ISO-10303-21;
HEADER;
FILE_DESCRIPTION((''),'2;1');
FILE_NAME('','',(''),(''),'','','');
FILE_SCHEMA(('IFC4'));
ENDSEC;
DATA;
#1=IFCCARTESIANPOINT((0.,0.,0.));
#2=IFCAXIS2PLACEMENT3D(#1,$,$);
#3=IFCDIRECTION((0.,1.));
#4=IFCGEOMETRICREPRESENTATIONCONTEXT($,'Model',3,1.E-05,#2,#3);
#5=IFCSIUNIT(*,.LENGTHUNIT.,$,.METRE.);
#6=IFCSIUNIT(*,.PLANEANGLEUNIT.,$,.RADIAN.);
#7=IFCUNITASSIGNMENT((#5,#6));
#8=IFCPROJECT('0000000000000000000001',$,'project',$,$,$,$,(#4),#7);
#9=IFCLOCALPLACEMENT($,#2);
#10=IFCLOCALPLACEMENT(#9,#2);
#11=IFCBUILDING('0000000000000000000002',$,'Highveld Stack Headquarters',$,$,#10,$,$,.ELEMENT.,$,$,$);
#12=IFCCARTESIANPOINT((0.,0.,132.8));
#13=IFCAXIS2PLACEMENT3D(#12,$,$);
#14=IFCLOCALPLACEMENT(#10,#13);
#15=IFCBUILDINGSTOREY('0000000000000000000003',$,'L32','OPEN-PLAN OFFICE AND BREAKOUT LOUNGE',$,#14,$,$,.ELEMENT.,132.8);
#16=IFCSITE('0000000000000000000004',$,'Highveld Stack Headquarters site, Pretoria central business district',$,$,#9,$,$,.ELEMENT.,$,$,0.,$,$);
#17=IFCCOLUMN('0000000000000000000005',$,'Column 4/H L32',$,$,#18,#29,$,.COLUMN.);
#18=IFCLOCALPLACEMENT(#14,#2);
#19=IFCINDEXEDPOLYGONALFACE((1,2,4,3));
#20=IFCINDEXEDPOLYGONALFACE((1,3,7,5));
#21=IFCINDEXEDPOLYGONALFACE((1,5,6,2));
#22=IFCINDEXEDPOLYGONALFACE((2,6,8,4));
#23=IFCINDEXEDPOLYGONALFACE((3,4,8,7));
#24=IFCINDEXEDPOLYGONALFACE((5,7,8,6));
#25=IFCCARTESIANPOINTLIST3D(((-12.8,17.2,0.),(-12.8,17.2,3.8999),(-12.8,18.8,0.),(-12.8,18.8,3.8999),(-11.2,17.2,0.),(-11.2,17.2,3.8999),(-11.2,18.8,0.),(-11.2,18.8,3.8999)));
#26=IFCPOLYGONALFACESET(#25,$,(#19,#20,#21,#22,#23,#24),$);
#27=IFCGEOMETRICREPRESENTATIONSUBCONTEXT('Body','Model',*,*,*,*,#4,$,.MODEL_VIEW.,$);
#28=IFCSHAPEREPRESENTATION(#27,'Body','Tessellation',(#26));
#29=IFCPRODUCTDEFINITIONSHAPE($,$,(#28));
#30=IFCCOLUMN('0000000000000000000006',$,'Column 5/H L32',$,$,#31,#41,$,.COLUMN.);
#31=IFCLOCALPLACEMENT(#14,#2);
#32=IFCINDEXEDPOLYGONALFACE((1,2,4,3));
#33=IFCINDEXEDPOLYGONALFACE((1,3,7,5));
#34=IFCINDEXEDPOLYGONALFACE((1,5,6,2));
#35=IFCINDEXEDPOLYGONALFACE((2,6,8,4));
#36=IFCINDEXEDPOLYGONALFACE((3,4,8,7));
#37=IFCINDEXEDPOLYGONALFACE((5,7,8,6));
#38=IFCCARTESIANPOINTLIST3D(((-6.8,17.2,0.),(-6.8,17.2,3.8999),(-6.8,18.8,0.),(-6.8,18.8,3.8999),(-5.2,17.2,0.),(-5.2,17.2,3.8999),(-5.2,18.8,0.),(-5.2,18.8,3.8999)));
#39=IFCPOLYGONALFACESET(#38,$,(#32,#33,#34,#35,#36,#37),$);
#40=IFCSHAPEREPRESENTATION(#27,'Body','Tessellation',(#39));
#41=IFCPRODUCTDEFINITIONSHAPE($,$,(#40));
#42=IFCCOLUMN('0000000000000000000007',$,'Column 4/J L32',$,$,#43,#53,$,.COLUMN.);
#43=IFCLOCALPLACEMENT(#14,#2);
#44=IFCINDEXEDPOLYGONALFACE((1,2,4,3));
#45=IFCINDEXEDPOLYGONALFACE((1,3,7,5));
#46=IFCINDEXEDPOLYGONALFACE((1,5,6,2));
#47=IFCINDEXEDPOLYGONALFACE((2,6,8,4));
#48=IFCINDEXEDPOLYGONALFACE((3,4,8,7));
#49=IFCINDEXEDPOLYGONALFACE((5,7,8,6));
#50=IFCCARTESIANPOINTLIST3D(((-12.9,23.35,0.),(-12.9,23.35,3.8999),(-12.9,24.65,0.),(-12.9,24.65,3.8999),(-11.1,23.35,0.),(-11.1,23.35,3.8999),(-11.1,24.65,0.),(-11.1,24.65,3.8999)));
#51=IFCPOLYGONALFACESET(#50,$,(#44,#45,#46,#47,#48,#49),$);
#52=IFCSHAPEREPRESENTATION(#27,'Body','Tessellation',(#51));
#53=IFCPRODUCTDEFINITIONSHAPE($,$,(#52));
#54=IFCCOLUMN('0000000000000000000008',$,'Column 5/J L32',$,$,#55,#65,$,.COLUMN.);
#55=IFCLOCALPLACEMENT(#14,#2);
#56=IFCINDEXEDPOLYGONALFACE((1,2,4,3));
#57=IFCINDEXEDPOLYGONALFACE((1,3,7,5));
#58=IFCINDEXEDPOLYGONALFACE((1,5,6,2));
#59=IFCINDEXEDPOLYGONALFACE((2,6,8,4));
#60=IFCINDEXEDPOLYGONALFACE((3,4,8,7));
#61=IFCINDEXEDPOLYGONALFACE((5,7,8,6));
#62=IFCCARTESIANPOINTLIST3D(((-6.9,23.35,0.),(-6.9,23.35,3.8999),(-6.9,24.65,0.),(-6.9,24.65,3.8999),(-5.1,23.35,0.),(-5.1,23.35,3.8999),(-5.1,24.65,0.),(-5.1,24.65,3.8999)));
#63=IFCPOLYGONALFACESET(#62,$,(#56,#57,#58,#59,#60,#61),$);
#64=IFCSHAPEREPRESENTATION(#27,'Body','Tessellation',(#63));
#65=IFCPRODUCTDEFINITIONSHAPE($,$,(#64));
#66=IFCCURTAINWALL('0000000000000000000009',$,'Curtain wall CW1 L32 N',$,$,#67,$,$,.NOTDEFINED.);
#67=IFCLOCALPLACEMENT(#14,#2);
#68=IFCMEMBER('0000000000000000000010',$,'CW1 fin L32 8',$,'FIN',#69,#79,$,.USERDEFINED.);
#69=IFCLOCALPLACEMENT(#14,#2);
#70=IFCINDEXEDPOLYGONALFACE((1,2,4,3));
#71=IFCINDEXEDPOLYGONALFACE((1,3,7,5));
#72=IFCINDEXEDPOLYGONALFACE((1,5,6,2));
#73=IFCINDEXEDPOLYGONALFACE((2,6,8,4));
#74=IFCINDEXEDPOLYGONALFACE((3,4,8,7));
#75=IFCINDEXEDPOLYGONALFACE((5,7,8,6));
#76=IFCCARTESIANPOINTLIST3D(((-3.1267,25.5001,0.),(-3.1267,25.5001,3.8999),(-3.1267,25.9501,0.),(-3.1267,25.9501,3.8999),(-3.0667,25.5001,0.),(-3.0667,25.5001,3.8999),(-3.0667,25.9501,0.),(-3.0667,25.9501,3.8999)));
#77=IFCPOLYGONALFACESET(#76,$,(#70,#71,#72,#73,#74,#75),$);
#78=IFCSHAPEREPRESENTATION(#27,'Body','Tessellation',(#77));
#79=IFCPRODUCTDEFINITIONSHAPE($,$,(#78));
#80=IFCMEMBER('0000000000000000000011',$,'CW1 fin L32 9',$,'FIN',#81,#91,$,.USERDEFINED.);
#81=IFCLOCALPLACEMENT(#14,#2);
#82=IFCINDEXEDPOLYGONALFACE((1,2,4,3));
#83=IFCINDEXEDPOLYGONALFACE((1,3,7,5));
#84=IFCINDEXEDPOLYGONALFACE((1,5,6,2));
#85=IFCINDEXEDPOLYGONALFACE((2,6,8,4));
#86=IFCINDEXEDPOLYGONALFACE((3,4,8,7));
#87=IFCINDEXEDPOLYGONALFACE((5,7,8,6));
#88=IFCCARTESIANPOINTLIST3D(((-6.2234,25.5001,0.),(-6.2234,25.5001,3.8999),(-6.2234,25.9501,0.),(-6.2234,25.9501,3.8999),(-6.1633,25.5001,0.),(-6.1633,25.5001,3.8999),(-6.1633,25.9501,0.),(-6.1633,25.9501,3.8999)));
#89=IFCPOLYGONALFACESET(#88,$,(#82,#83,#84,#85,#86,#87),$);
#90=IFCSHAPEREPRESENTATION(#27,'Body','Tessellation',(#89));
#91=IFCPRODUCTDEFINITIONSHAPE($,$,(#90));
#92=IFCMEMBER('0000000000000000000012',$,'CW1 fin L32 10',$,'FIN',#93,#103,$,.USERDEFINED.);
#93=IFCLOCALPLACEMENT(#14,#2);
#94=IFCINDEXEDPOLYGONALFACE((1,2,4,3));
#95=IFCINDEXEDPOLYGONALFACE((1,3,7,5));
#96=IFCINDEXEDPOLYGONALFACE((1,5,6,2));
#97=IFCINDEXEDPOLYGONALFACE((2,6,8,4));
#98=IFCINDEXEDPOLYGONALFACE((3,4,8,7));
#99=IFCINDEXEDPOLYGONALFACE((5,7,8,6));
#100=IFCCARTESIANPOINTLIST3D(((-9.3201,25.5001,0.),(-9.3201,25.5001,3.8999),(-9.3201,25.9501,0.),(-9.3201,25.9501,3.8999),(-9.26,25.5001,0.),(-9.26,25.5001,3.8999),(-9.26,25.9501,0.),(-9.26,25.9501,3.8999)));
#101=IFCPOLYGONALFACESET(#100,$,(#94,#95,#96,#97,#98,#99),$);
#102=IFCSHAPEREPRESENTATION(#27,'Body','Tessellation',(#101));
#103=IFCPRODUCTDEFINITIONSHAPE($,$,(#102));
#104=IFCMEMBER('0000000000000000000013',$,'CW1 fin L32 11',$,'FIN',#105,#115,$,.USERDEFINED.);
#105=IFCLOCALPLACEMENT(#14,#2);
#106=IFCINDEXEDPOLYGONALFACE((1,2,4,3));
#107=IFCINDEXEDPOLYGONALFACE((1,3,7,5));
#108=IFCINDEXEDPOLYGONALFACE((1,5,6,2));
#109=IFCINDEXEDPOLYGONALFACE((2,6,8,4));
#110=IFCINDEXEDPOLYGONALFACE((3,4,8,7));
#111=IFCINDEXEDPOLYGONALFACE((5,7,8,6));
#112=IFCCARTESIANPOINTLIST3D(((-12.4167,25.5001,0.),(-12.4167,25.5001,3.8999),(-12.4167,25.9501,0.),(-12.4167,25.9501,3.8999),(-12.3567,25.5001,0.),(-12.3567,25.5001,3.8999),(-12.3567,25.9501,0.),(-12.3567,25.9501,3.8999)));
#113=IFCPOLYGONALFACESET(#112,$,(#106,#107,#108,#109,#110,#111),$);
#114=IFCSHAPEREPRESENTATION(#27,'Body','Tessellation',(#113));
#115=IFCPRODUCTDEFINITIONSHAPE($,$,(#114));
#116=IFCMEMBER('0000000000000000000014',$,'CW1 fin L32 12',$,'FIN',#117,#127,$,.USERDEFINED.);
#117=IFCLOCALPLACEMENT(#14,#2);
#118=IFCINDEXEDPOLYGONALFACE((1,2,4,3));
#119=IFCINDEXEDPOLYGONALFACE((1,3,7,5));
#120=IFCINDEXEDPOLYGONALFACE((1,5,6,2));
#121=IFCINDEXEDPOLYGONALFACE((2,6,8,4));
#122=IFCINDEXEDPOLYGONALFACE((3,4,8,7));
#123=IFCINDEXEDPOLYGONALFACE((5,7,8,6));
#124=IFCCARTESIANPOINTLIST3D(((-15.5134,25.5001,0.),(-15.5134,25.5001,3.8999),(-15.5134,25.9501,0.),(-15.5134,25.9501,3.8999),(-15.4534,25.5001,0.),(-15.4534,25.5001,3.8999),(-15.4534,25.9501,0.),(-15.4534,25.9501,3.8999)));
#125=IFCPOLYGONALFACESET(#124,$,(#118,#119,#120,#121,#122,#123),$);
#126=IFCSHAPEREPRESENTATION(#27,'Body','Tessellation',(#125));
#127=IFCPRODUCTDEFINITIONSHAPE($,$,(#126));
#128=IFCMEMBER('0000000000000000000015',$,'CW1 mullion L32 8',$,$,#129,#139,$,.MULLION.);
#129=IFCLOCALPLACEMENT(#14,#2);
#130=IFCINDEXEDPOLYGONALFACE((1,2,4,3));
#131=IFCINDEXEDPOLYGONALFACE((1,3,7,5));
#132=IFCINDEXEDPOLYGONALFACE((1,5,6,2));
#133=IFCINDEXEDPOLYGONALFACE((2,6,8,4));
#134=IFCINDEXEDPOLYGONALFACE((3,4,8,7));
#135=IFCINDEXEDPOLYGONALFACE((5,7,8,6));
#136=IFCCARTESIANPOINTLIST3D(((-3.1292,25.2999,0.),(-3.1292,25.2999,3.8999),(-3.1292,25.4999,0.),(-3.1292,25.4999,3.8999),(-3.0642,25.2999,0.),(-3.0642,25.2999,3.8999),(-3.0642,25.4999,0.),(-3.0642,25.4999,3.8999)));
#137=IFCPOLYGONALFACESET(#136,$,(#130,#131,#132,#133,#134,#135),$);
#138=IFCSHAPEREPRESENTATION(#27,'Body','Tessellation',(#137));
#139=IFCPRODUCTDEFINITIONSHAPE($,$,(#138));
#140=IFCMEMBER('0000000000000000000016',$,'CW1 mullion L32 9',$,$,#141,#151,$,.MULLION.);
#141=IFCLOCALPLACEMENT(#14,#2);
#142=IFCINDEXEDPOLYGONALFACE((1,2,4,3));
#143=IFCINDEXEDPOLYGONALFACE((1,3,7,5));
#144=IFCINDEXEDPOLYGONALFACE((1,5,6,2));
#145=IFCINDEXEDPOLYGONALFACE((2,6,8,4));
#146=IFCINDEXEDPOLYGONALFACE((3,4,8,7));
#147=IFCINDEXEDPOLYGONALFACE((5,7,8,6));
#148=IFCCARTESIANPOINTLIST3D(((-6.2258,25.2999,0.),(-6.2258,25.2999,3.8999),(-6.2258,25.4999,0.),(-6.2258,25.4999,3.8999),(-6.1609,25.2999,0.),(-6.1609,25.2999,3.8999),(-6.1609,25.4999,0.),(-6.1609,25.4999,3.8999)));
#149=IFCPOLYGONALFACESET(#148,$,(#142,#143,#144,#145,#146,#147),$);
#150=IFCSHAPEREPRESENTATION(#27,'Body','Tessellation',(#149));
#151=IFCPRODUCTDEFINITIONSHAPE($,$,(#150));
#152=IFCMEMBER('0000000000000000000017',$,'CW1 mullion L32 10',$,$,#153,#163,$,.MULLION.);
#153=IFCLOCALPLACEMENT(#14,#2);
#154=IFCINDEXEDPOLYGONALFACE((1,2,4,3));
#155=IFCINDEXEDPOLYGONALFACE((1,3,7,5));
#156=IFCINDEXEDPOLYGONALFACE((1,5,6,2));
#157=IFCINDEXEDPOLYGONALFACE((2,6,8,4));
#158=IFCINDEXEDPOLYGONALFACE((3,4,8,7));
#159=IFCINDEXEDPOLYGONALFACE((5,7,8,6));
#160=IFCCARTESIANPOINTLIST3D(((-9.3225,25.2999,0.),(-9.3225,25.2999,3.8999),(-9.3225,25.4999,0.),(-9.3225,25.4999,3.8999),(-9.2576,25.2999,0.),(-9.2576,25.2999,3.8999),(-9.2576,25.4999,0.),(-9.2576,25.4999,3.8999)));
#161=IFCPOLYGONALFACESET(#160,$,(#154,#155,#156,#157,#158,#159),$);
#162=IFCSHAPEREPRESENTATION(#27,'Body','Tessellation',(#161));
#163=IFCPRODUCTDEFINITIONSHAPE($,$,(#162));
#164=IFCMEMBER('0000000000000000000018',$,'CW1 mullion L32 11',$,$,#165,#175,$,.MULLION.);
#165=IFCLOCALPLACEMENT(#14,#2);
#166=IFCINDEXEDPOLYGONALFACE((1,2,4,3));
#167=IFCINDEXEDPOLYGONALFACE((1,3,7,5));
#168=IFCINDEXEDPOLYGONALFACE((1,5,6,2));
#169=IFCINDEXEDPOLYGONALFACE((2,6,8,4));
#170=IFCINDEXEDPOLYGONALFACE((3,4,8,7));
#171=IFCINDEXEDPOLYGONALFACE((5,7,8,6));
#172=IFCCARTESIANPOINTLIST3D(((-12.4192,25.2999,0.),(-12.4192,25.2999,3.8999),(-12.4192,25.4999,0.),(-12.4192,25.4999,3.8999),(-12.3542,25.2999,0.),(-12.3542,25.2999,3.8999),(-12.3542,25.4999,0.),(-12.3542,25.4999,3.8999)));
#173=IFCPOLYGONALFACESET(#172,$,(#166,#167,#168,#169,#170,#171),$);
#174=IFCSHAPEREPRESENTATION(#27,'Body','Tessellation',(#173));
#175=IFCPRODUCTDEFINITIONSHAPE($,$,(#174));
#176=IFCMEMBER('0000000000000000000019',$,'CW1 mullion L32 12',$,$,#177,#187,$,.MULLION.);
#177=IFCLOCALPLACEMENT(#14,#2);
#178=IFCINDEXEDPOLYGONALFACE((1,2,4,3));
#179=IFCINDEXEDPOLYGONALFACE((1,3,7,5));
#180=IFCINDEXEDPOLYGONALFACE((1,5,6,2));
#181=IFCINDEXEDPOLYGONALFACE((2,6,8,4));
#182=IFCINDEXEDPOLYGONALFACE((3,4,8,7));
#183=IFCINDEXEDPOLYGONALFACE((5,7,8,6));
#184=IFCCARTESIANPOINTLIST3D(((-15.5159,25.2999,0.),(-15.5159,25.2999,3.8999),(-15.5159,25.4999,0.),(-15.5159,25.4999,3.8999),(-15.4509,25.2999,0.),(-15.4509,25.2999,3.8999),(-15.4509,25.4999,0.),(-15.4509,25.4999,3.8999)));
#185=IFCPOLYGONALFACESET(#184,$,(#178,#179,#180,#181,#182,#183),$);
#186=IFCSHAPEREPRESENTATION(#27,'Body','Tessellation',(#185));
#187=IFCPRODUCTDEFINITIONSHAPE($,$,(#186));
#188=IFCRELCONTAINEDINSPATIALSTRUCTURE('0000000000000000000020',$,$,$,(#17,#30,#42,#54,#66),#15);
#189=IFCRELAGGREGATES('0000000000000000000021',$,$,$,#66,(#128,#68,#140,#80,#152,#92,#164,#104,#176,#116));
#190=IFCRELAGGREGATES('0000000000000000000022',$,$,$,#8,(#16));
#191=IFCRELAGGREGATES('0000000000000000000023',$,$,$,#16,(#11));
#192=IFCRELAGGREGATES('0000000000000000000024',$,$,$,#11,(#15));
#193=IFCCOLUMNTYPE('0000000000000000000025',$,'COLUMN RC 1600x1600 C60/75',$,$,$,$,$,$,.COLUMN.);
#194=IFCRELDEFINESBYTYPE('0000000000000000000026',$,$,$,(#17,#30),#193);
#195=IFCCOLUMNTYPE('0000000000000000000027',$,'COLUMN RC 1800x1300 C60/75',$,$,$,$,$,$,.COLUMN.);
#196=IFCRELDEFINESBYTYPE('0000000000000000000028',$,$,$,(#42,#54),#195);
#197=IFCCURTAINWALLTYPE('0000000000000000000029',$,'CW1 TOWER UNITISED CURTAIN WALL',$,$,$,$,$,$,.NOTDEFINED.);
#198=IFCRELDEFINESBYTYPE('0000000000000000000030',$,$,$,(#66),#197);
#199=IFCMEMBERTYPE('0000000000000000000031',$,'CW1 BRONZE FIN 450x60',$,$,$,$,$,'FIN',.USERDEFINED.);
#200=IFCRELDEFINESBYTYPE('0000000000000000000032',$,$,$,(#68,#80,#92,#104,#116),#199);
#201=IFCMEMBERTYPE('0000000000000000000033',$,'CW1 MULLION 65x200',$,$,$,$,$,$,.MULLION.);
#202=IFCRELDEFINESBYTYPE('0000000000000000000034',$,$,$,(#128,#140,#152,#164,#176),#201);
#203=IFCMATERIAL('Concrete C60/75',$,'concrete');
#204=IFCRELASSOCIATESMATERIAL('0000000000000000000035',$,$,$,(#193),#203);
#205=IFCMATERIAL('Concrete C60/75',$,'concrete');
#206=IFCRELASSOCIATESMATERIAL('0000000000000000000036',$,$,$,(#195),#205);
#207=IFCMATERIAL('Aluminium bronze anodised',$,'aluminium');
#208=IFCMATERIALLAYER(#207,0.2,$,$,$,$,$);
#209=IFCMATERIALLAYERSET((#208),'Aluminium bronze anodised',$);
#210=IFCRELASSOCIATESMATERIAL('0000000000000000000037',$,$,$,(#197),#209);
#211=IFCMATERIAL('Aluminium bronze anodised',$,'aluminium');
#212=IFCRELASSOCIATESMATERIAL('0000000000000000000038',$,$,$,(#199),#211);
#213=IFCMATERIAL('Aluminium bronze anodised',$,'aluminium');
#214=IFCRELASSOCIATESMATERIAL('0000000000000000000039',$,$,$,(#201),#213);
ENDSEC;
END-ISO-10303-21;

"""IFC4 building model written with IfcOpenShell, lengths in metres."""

from ifc_helpers import new_model, si_unit, direction, frame, origin, origin_2d, place, context, subcontext, project, spatial, rectangle, extrude, material, layer, layer_set, material_profile, profile_set, type_object, element, aggregate, save


model = new_model("IFC4")

# Units and contexts
model_context = context("Model", 3, precision=1e-05, world=origin(), true_north=direction((0.0, 1.0)))
body_context = subcontext(model_context, "Body", "Model", "MODEL_VIEW")
ifc_project = project(units=[si_unit("LENGTHUNIT", "METRE"), si_unit("PLANEANGLEUNIT", "RADIAN")], contexts=[model_context])

# Site, building, storey
site_placement = place(None, origin())
site = spatial("IfcSite", under=ifc_project, at=site_placement, Name="Highveld Stack Headquarters site, Pretoria central business district", CompositionType="ELEMENT", RefElevation=0.0)
building_placement = place(site_placement, origin())
building = spatial("IfcBuilding", under=site, at=building_placement, Name="Highveld Stack Headquarters", CompositionType="ELEMENT")
storey_placement = place(building_placement, frame((0.0, 0.0, 132.8)))
storey = spatial("IfcBuildingStorey", under=building, at=storey_placement, Name="L32", Description="OPEN-PLAN OFFICE AND BREAKOUT LOUNGE", CompositionType="ELEMENT", Elevation=132.8)

# Columns
ifc_material_1 = material(Name="Concrete C60/75", Category="concrete")
ifc_material_profile_1 = material_profile(ifc_material_1, rectangle(XDim=1.6001, YDim=1.6001, at=origin_2d()), Name="RC 1600x1600")
ifc_profile_set_1 = profile_set([ifc_material_profile_1], Name="Concrete C60/75")
column_type_1 = type_object("IfcColumnType", Name="COLUMN RC 1600x1600 C60/75", PredefinedType="COLUMN", material=ifc_profile_set_1)
for number, where, z_axis, x_axis, name in (
    (1, (-12.0, 18.0, 0.0), (0.0, 0.0, 1.0), (1.0, 0.0, 0.0), "Column 4/H L32"),
    (2, (-6.0, 18.0, 0.0), (0.0, 0.0, 1.0), (1.0, 0.0, 0.0), "Column 5/H L32"),
):
    element("IfcColumn", number, at=place(storey_placement, frame(where, z_axis=z_axis, x_axis=x_axis)), inside=storey, type_object=column_type_1, Name=name, PredefinedType="COLUMN", context=body_context, shape_type="SweptSolid", body=[
        extrude(rectangle(XDim=1.6001, YDim=1.6001, at=origin_2d()), origin(), (0.0, 0.0, 1.0), 3.8999),
    ])
ifc_material_2 = material(Name="Concrete C60/75", Category="concrete")
ifc_material_profile_2 = material_profile(ifc_material_2, rectangle(XDim=1.8, YDim=1.3, at=origin_2d()), Name="RC 1800x1300")
ifc_profile_set_2 = profile_set([ifc_material_profile_2], Name="Concrete C60/75")
column_type_2 = type_object("IfcColumnType", Name="COLUMN RC 1800x1300 C60/75", PredefinedType="COLUMN", material=ifc_profile_set_2)
for number, where, z_axis, x_axis, name in (
    (3, (-12.0, 24.0, 0.0), (0.0, 0.0, 1.0), (1.0, 0.0, 0.0), "Column 4/J L32"),
    (4, (-6.0, 24.0, 0.0), (0.0, 0.0, 1.0), (1.0, 0.0, 0.0), "Column 5/J L32"),
):
    element("IfcColumn", number, at=place(storey_placement, frame(where, z_axis=z_axis, x_axis=x_axis)), inside=storey, type_object=column_type_2, Name=name, PredefinedType="COLUMN", context=body_context, shape_type="SweptSolid", body=[
        extrude(rectangle(XDim=1.8, YDim=1.3, at=origin_2d()), origin(), (0.0, 0.0, 1.0), 3.8999),
    ])

# Curtain wall, members
ifc_material_3 = material(Name="Aluminium bronze anodised", Category="aluminium")
ifc_layer_1 = layer(ifc_material_3, 0.2)
ifc_layer_set_1 = layer_set([ifc_layer_1], Name="Aluminium bronze anodised")
curtain_wall_type = type_object("IfcCurtainWallType", Name="CW1 TOWER UNITISED CURTAIN WALL", PredefinedType="NOTDEFINED", material=ifc_layer_set_1)
curtain_wall_placement = place(storey_placement, origin())
curtain_wall = element("IfcCurtainWall", 5, at=curtain_wall_placement, inside=storey, type_object=curtain_wall_type, Name="Curtain wall CW1 L32 N", PredefinedType="NOTDEFINED")
ifc_material_4 = material(Name="Aluminium bronze anodised", Category="aluminium")
ifc_material_profile_3 = material_profile(ifc_material_4, rectangle(XDim=0.45, YDim=0.0601, at=origin_2d()), Name="FIN 450x60")
ifc_profile_set_3 = profile_set([ifc_material_profile_3], Name="Aluminium bronze anodised")
member_type_1 = type_object("IfcMemberType", Name="CW1 BRONZE FIN 450x60", ElementType="FIN", PredefinedType="USERDEFINED", material=ifc_profile_set_3)
member_1_placement = place(storey_placement, frame((-3.0967, 25.7251, 0.0), z_axis=(0.0, 0.0, 1.0), x_axis=(0.0, -1.0, 0.0)))
member_1 = element("IfcMember", 6, at=member_1_placement, type_object=member_type_1, Name="CW1 fin L32 8", ObjectType="FIN", PredefinedType="USERDEFINED", context=body_context, shape_type="SweptSolid", body=[
    extrude(rectangle(XDim=0.45, YDim=0.0601, at=origin_2d()), origin(), (0.0, 0.0, 1.0), 3.8999),
])
member_2_placement = place(storey_placement, frame((-6.1934, 25.7251, 0.0), z_axis=(0.0, 0.0, 1.0), x_axis=(0.0, -1.0, 0.0)))
member_2 = element("IfcMember", 7, at=member_2_placement, type_object=member_type_1, Name="CW1 fin L32 9", ObjectType="FIN", PredefinedType="USERDEFINED", context=body_context, shape_type="SweptSolid", body=[
    extrude(rectangle(XDim=0.45, YDim=0.0601, at=origin_2d()), origin(), (0.0, 0.0, 1.0), 3.8999),
])
member_3_placement = place(storey_placement, frame((-9.29, 25.7251, 0.0), z_axis=(0.0, 0.0, 1.0), x_axis=(0.0, -1.0, 0.0)))
member_3 = element("IfcMember", 8, at=member_3_placement, type_object=member_type_1, Name="CW1 fin L32 10", ObjectType="FIN", PredefinedType="USERDEFINED", context=body_context, shape_type="SweptSolid", body=[
    extrude(rectangle(XDim=0.45, YDim=0.0601, at=origin_2d()), origin(), (0.0, 0.0, 1.0), 3.8999),
])
member_4_placement = place(storey_placement, frame((-12.3867, 25.7251, 0.0), z_axis=(0.0, 0.0, 1.0), x_axis=(0.0, -1.0, 0.0)))
member_4 = element("IfcMember", 9, at=member_4_placement, type_object=member_type_1, Name="CW1 fin L32 11", ObjectType="FIN", PredefinedType="USERDEFINED", context=body_context, shape_type="SweptSolid", body=[
    extrude(rectangle(XDim=0.45, YDim=0.0601, at=origin_2d()), origin(), (0.0, 0.0, 1.0), 3.8999),
])
member_5_placement = place(storey_placement, frame((-15.4834, 25.7251, 0.0), z_axis=(0.0, 0.0, 1.0), x_axis=(0.0, -1.0, 0.0)))
member_5 = element("IfcMember", 10, at=member_5_placement, type_object=member_type_1, Name="CW1 fin L32 12", ObjectType="FIN", PredefinedType="USERDEFINED", context=body_context, shape_type="SweptSolid", body=[
    extrude(rectangle(XDim=0.45, YDim=0.0601, at=origin_2d()), origin(), (0.0, 0.0, 1.0), 3.8999),
])
ifc_material_5 = material(Name="Aluminium bronze anodised", Category="aluminium")
ifc_material_profile_4 = material_profile(ifc_material_5, rectangle(XDim=0.2, YDim=0.0649, at=origin_2d()), Name="CW1 MULLION 65x200")
ifc_profile_set_4 = profile_set([ifc_material_profile_4], Name="Aluminium bronze anodised")
member_type_2 = type_object("IfcMemberType", Name="CW1 MULLION 65x200", PredefinedType="MULLION", material=ifc_profile_set_4)
member_6_placement = place(storey_placement, frame((-3.0967, 25.3999, 0.0), z_axis=(0.0, 0.0, 1.0), x_axis=(0.0, -1.0, 0.0)))
member_6 = element("IfcMember", 11, at=member_6_placement, type_object=member_type_2, Name="CW1 mullion L32 8", PredefinedType="MULLION", context=body_context, shape_type="SweptSolid", body=[
    extrude(rectangle(XDim=0.2, YDim=0.0649, at=origin_2d()), origin(), (0.0, 0.0, 1.0), 3.8999),
])
member_7_placement = place(storey_placement, frame((-6.1934, 25.3999, 0.0), z_axis=(0.0, 0.0, 1.0), x_axis=(0.0, -1.0, 0.0)))
member_7 = element("IfcMember", 12, at=member_7_placement, type_object=member_type_2, Name="CW1 mullion L32 9", PredefinedType="MULLION", context=body_context, shape_type="SweptSolid", body=[
    extrude(rectangle(XDim=0.2, YDim=0.0649, at=origin_2d()), origin(), (0.0, 0.0, 1.0), 3.8999),
])
member_8_placement = place(storey_placement, frame((-9.29, 25.3999, 0.0), z_axis=(0.0, 0.0, 1.0), x_axis=(0.0, -1.0, 0.0)))
member_8 = element("IfcMember", 13, at=member_8_placement, type_object=member_type_2, Name="CW1 mullion L32 10", PredefinedType="MULLION", context=body_context, shape_type="SweptSolid", body=[
    extrude(rectangle(XDim=0.2, YDim=0.0649, at=origin_2d()), origin(), (0.0, 0.0, 1.0), 3.8999),
])
member_9_placement = place(storey_placement, frame((-12.3867, 25.3999, 0.0), z_axis=(0.0, 0.0, 1.0), x_axis=(0.0, -1.0, 0.0)))
member_9 = element("IfcMember", 14, at=member_9_placement, type_object=member_type_2, Name="CW1 mullion L32 11", PredefinedType="MULLION", context=body_context, shape_type="SweptSolid", body=[
    extrude(rectangle(XDim=0.2, YDim=0.0649, at=origin_2d()), origin(), (0.0, 0.0, 1.0), 3.8999),
])
member_10_placement = place(storey_placement, frame((-15.4834, 25.3999, 0.0), z_axis=(0.0, 0.0, 1.0), x_axis=(0.0, -1.0, 0.0)))
member_10 = element("IfcMember", 15, at=member_10_placement, type_object=member_type_2, Name="CW1 mullion L32 12", PredefinedType="MULLION", context=body_context, shape_type="SweptSolid", body=[
    extrude(rectangle(XDim=0.2, YDim=0.0649, at=origin_2d()), origin(), (0.0, 0.0, 1.0), 3.8999),
])
aggregate(curtain_wall, [member_6, member_1, member_7, member_2, member_8, member_3, member_9, member_4, member_10, member_5])

save(model, "model.ifc")
